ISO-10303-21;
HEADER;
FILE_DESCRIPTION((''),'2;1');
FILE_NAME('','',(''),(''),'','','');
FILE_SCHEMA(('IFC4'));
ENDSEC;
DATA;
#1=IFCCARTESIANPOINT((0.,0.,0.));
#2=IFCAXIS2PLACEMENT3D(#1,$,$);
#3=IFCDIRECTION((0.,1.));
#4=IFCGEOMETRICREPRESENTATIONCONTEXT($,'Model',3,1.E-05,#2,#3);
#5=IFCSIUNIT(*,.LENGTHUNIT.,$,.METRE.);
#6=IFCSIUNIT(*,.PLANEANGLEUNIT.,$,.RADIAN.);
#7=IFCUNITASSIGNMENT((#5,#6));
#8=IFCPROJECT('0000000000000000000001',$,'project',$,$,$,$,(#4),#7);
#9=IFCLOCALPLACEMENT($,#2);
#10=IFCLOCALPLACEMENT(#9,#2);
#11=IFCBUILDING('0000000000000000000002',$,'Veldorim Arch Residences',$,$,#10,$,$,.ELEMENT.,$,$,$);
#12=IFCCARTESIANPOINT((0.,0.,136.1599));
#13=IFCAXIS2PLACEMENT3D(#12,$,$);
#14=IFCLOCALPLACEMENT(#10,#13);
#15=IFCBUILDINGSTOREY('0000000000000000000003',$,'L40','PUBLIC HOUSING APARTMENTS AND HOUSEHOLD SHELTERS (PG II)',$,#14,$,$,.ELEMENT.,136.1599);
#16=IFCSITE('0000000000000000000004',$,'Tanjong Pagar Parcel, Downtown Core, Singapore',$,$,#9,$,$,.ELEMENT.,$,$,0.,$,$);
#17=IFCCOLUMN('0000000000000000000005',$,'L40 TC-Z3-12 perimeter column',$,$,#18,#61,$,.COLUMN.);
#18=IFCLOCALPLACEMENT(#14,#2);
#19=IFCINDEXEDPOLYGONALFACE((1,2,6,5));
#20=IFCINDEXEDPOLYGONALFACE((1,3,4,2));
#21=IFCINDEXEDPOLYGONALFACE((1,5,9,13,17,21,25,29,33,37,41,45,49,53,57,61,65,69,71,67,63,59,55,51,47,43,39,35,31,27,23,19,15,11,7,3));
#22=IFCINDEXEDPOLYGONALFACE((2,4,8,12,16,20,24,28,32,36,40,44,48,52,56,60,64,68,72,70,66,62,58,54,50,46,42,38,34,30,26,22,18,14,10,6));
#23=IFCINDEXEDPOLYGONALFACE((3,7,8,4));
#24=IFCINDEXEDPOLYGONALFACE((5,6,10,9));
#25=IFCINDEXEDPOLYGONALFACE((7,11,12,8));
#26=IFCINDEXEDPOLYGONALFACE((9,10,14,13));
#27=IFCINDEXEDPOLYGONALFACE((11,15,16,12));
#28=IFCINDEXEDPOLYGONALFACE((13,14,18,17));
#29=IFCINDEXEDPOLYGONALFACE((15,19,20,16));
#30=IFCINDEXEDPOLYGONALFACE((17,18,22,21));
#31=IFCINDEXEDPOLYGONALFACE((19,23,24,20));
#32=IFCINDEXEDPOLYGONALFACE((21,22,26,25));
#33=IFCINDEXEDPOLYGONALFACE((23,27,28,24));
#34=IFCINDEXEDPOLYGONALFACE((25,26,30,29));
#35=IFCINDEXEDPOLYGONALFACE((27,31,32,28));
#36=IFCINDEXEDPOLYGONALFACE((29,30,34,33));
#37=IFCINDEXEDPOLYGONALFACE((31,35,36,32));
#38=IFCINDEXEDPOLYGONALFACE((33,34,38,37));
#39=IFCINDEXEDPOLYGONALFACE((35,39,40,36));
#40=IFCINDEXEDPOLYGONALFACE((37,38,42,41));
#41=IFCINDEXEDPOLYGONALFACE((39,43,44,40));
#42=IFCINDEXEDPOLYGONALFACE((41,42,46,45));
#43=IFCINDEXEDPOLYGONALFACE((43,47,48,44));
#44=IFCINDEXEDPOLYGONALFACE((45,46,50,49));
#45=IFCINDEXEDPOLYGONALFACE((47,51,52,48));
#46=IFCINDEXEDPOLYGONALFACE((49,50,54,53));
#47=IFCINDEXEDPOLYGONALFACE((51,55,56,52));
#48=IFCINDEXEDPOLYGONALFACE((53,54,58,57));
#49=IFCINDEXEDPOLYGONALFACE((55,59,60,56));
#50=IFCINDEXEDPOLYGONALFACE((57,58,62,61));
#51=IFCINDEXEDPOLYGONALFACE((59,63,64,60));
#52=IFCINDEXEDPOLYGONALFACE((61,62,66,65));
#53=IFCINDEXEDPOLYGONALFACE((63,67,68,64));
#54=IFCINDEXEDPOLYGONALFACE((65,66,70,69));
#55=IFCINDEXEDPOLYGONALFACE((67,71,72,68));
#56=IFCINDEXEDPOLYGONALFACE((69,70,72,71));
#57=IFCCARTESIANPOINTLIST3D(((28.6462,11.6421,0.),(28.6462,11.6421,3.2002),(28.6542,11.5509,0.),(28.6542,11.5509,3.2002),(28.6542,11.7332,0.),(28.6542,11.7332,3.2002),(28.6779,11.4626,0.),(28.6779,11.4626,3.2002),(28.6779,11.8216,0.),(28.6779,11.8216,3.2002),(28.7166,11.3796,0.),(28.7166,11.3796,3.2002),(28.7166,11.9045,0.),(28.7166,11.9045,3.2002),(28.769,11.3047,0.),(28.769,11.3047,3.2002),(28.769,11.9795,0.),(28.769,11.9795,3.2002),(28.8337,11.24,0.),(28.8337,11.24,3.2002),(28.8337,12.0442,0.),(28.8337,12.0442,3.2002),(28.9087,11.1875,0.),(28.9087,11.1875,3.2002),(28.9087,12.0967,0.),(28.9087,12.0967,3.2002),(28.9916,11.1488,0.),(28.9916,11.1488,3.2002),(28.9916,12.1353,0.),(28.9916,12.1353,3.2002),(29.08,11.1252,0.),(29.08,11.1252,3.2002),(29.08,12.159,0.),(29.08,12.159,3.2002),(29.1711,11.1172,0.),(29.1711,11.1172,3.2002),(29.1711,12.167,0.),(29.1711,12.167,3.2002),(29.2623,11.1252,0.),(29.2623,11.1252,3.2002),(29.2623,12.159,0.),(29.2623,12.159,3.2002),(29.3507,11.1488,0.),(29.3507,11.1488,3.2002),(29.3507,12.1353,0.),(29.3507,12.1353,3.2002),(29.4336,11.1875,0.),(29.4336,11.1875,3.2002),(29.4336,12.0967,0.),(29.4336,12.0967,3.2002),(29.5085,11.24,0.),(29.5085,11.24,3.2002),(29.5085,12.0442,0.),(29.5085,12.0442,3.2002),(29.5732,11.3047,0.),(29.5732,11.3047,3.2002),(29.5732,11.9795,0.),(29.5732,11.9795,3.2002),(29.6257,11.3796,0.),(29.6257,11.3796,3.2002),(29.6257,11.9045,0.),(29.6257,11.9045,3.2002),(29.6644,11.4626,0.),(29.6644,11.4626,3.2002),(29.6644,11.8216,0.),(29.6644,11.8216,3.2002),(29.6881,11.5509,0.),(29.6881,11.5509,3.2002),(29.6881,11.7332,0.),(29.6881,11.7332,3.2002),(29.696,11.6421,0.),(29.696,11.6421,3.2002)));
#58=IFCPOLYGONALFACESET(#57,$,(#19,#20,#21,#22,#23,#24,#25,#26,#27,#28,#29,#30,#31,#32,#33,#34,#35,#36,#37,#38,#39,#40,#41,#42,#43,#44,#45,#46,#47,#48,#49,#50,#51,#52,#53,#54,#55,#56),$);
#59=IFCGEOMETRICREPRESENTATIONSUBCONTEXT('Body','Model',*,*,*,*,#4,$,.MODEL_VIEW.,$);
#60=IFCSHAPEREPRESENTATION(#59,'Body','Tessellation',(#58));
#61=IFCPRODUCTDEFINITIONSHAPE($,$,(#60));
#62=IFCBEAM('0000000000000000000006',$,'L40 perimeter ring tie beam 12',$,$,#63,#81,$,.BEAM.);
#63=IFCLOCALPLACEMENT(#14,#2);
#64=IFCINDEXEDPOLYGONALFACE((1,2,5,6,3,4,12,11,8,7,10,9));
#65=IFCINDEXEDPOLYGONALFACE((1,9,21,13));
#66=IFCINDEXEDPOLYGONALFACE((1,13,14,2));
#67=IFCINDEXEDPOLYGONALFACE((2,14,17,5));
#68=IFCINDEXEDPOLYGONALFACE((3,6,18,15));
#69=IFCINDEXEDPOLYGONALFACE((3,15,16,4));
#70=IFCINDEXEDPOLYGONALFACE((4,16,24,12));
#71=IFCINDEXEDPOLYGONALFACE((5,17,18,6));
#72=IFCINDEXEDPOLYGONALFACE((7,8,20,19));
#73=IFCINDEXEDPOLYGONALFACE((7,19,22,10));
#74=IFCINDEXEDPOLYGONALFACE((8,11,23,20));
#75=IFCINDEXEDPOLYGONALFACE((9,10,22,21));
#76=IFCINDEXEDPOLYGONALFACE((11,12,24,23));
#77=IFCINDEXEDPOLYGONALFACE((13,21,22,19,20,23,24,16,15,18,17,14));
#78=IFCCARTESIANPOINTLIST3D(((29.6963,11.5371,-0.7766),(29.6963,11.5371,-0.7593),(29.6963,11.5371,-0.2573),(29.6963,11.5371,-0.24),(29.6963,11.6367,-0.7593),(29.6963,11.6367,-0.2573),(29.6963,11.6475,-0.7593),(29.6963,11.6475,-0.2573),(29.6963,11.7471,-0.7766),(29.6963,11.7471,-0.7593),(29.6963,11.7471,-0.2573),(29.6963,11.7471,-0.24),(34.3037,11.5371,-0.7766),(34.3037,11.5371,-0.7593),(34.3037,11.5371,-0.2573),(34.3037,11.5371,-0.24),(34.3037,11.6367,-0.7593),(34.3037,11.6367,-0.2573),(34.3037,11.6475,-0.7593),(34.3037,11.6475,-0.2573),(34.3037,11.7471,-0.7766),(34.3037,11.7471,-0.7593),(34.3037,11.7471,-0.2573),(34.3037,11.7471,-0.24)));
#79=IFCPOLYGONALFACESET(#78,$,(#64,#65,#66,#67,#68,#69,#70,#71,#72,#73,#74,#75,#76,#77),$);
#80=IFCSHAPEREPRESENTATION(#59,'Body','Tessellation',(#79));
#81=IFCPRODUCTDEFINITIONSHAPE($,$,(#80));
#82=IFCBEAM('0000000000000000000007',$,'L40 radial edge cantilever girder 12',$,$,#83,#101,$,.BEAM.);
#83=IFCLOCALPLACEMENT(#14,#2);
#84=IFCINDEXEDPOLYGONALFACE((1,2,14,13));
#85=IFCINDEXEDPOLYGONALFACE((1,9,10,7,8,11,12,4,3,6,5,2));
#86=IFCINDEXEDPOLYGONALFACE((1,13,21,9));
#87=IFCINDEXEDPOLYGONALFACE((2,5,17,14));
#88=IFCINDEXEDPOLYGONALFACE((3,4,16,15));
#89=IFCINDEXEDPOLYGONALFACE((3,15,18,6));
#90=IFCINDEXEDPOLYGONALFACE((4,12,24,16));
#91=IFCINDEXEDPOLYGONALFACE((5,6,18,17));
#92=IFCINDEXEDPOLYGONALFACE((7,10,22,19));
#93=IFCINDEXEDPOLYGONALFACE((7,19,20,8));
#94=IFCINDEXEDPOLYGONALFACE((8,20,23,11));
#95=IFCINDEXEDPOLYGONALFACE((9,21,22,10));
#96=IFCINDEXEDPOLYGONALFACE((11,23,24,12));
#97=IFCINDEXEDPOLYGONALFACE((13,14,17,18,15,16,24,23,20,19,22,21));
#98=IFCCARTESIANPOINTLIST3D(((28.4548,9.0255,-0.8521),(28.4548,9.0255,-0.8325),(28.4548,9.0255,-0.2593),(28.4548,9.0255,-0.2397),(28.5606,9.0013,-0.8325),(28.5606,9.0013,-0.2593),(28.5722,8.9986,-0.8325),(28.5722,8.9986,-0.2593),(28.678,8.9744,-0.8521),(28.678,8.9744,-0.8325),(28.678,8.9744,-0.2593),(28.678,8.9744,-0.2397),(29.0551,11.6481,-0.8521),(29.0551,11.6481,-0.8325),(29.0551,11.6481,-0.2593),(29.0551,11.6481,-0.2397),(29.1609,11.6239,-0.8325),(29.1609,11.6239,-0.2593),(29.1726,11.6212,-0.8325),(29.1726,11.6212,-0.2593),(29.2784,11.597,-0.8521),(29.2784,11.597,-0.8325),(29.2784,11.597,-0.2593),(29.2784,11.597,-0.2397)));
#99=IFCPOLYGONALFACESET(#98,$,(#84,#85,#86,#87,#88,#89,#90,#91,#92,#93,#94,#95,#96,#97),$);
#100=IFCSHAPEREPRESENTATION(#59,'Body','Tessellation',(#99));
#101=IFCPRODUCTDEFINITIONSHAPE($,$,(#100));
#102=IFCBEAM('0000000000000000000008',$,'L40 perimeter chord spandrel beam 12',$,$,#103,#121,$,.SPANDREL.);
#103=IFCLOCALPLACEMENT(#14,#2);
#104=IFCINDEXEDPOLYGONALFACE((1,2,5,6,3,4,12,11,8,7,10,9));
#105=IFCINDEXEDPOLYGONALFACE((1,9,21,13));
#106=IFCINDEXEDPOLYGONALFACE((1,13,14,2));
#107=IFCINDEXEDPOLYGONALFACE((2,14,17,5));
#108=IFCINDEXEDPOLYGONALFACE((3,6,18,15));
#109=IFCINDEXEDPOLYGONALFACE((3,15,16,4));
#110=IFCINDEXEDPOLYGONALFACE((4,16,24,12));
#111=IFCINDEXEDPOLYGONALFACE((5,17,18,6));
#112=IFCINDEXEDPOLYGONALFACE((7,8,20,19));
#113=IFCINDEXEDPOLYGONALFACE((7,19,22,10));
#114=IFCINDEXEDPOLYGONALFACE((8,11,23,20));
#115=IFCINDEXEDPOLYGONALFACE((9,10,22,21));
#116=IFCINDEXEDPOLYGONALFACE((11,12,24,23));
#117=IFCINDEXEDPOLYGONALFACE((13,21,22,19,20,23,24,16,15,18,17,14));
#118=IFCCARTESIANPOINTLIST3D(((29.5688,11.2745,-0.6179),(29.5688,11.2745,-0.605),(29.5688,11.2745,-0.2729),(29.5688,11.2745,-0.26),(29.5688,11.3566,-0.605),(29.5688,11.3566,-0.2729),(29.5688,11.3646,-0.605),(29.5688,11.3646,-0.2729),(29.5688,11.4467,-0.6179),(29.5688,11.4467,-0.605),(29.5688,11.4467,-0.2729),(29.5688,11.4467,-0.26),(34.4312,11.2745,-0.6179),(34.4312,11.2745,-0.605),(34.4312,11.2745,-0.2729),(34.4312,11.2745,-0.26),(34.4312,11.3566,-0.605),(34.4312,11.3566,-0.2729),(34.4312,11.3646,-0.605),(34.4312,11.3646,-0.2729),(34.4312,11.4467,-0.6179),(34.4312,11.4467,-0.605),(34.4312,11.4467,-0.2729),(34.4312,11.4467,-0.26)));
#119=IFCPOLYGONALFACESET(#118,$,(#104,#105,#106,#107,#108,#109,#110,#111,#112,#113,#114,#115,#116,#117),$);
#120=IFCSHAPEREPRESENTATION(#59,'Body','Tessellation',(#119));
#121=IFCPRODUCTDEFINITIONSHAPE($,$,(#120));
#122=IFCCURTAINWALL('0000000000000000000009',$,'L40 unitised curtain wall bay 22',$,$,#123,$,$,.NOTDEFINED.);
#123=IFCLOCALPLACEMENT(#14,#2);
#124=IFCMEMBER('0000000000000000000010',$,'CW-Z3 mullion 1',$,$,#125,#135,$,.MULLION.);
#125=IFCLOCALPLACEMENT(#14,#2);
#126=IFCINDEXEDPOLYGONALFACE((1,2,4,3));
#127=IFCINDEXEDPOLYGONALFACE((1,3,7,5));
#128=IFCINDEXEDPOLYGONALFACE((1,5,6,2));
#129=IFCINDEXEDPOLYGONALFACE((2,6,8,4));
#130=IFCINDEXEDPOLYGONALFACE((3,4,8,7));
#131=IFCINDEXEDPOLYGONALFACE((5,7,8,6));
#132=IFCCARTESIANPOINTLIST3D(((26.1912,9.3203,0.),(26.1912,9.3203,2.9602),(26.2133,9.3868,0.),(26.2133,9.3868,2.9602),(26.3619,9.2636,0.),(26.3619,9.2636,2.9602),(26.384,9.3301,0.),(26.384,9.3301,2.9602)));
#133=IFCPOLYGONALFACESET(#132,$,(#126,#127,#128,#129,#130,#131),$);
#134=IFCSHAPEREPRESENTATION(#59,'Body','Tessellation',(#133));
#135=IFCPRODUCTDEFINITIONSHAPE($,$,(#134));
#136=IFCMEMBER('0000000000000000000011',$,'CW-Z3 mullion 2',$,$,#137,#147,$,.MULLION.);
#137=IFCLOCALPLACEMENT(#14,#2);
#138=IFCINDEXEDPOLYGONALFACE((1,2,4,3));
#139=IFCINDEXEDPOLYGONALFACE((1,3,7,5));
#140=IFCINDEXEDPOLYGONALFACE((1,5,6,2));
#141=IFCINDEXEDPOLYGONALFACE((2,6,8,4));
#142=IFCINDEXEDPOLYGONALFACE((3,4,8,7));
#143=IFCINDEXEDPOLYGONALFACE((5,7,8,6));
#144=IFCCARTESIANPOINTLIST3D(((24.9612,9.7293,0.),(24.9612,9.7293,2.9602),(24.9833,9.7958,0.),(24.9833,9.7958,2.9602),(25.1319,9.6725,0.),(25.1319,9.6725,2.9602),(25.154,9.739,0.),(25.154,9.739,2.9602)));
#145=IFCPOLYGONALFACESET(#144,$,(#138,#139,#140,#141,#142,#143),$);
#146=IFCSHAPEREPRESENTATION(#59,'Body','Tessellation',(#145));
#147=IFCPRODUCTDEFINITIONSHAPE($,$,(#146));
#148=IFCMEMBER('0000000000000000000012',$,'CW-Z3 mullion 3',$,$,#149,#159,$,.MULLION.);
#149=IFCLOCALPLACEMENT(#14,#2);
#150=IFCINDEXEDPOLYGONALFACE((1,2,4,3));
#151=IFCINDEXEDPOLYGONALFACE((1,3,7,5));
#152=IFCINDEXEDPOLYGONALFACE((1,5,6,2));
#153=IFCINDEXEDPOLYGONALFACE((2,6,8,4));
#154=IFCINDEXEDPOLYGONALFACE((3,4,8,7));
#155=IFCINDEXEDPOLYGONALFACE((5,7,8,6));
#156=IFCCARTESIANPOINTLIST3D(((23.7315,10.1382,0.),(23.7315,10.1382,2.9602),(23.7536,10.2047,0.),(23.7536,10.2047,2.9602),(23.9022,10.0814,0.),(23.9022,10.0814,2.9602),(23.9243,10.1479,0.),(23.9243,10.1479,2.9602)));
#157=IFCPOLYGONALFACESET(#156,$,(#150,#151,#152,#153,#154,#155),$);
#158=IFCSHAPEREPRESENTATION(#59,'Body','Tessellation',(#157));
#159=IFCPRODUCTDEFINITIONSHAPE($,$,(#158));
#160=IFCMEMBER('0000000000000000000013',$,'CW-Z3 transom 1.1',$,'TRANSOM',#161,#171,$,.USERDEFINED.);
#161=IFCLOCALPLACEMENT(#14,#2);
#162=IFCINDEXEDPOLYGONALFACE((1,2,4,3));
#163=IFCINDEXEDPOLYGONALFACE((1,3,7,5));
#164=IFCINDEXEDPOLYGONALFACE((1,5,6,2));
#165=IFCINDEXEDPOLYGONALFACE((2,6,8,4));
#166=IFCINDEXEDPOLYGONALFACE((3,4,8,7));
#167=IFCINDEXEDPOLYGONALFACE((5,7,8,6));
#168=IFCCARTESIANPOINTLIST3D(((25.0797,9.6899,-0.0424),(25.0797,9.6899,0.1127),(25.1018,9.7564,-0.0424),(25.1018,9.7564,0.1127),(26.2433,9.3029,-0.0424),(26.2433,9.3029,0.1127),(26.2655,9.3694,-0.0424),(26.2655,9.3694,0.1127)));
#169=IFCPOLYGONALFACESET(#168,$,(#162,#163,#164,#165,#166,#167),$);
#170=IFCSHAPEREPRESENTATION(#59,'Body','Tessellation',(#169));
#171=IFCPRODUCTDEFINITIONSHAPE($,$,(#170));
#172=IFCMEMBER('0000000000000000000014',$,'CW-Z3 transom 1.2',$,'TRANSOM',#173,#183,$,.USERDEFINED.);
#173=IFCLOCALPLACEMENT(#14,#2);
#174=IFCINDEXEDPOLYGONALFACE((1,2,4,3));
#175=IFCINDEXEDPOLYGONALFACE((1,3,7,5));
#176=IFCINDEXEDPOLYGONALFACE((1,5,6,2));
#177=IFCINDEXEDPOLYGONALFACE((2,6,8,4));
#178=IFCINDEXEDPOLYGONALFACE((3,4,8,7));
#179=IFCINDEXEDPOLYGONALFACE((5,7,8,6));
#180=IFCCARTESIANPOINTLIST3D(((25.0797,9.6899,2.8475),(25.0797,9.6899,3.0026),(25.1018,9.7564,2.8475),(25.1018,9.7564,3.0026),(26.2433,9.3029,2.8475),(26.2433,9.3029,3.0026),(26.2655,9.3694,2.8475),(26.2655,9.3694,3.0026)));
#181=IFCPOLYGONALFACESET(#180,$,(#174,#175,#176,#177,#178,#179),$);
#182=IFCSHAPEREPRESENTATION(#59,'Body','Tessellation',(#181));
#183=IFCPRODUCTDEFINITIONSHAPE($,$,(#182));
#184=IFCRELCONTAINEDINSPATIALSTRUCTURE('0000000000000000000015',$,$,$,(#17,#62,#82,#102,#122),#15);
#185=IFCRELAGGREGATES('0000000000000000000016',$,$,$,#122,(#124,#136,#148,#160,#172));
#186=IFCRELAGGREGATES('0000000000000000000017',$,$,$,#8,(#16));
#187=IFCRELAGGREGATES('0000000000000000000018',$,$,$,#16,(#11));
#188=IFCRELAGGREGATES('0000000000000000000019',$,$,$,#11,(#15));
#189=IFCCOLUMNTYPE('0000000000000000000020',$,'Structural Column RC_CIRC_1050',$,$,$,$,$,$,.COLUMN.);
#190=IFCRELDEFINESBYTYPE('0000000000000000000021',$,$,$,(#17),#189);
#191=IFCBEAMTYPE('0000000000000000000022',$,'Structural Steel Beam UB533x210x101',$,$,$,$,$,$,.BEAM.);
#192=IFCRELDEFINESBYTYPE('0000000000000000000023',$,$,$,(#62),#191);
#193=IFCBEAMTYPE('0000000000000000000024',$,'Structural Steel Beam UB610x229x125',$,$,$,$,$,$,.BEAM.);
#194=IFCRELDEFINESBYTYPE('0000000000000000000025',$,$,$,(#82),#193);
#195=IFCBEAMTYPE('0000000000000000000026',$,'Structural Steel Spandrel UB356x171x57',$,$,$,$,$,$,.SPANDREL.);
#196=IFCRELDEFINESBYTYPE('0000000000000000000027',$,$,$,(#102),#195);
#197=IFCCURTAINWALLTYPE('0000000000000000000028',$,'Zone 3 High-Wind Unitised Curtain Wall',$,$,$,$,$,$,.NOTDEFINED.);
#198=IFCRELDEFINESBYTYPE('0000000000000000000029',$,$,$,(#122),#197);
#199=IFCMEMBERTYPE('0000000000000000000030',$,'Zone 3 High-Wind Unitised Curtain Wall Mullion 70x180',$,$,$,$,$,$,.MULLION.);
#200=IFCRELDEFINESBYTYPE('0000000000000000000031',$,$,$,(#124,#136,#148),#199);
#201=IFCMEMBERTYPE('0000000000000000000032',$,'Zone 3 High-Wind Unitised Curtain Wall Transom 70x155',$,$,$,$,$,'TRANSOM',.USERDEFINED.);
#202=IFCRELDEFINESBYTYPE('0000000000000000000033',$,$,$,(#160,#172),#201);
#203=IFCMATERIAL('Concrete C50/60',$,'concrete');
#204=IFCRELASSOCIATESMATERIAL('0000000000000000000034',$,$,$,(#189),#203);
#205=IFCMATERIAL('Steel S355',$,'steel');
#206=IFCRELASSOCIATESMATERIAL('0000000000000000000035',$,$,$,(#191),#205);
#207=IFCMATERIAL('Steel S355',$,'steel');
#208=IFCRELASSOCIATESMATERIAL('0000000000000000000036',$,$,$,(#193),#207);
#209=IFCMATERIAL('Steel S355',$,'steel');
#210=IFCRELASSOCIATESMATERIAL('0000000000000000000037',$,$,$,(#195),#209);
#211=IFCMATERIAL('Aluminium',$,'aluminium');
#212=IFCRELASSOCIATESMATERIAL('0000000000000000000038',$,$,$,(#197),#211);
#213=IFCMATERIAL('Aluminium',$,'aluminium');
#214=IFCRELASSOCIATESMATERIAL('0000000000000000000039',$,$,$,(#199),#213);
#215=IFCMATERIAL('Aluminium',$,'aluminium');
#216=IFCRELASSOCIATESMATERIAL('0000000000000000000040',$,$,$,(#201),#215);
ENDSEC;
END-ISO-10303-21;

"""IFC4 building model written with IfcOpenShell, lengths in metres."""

from ifc_helpers import new_model, si_unit, direction, frame, origin, origin_2d, place, context, subcontext, project, spatial, rectangle, circle, i_section, extrude, material, material_profile, profile_set, type_object, element, aggregate, save


model = new_model("IFC4")

# Units and contexts
model_context = context("Model", 3, precision=1e-05, world=origin(), true_north=direction((0.0, 1.0)))
body_context = subcontext(model_context, "Body", "Model", "MODEL_VIEW")
ifc_project = project(units=[si_unit("LENGTHUNIT", "METRE"), si_unit("PLANEANGLEUNIT", "RADIAN")], contexts=[model_context])

# Site, building, storey
site_placement = place(None, origin())
site = spatial("IfcSite", under=ifc_project, at=site_placement, Name="Tanjong Pagar Parcel, Downtown Core, Singapore", CompositionType="ELEMENT", RefElevation=0.0)
building_placement = place(site_placement, origin())
building = spatial("IfcBuilding", under=site, at=building_placement, Name="Veldorim Arch Residences", CompositionType="ELEMENT")
storey_placement = place(building_placement, frame((0.0, 0.0, 136.1599)))
storey = spatial("IfcBuildingStorey", under=building, at=storey_placement, Name="L40", Description="PUBLIC HOUSING APARTMENTS AND HOUSEHOLD SHELTERS (PG II)", CompositionType="ELEMENT", Elevation=136.1599)

# Column
ifc_material_1 = material(Name="Concrete C50/60", Category="concrete")
ifc_material_profile_1 = material_profile(ifc_material_1, circle(Radius=0.5249, at=origin_2d()), Name="RC_CIRC_1050")
ifc_profile_set_1 = profile_set([ifc_material_profile_1], Name="Concrete C50/60")
column_type = type_object("IfcColumnType", Name="Structural Column RC_CIRC_1050", PredefinedType="COLUMN", material=ifc_profile_set_1)
column_placement = place(storey_placement, frame((29.1711, 11.6421, 0.0), z_axis=(0.0, 0.0, 1.0), x_axis=(1.0, 0.0, 0.0)))
element("IfcColumn", 1, at=column_placement, inside=storey, type_object=column_type, Name="L40 TC-Z3-12 perimeter column", PredefinedType="COLUMN", context=body_context, shape_type="SweptSolid", body=[
    extrude(circle(Radius=0.5249, at=origin_2d()), origin(), (0.0, 0.0, 1.0), 3.2002),
])

# Beams
ifc_material_2 = material(Name="Steel S355", Category="steel")
ifc_material_profile_2 = material_profile(ifc_material_2, i_section(OverallWidth=0.21, OverallDepth=0.5366, WebThickness=0.0107, FlangeThickness=0.0173, at=origin_2d()), Name="UB533x210x101")
ifc_profile_set_2 = profile_set([ifc_material_profile_2], Name="Steel S355")
beam_type_1 = type_object("IfcBeamType", Name="Structural Steel Beam UB533x210x101", PredefinedType="BEAM", material=ifc_profile_set_2)
beam_1_placement = place(storey_placement, frame((29.6963, 11.6421, -0.5083), z_axis=(1.0, 0.0, 0.0), x_axis=(0.0, 1.0, 0.0)))
element("IfcBeam", 2, at=beam_1_placement, inside=storey, type_object=beam_type_1, Name="L40 perimeter ring tie beam 12", PredefinedType="BEAM", context=body_context, shape_type="SweptSolid", body=[
    extrude(i_section(OverallWidth=0.21, OverallDepth=0.5366, WebThickness=0.0107, FlangeThickness=0.0173, at=origin_2d()), origin(), (0.0, 0.0, 1.0), 4.6074),
])
ifc_material_3 = material(Name="Steel S355", Category="steel")
ifc_material_profile_3 = material_profile(ifc_material_3, i_section(OverallWidth=0.229, OverallDepth=0.6123, WebThickness=0.012, FlangeThickness=0.0195, at=origin_2d()), Name="UB610x229x125")
ifc_profile_set_3 = profile_set([ifc_material_profile_3], Name="Steel S355")
beam_type_2 = type_object("IfcBeamType", Name="Structural Steel Beam UB610x229x125", PredefinedType="BEAM", material=ifc_profile_set_3)
beam_2_placement = place(storey_placement, frame((29.1667, 11.6226, -0.5459), z_axis=(-0.223143, -0.974786, 0.0), x_axis=(0.974786, -0.223143, 0.0)))
element("IfcBeam", 3, at=beam_2_placement, inside=storey, type_object=beam_type_2, Name="L40 radial edge cantilever girder 12", PredefinedType="BEAM", context=body_context, shape_type="SweptSolid", body=[
    extrude(i_section(OverallWidth=0.229, OverallDepth=0.6123, WebThickness=0.012, FlangeThickness=0.0195, at=origin_2d()), origin(), (0.0, 0.0, 1.0), 2.6904),
])
ifc_material_4 = material(Name="Steel S355", Category="steel")
ifc_material_profile_4 = material_profile(ifc_material_4, i_section(OverallWidth=0.1721, OverallDepth=0.3579, WebThickness=0.0081, FlangeThickness=0.0129, at=origin_2d()), Name="UB356x171x57")
ifc_profile_set_4 = profile_set([ifc_material_profile_4], Name="Steel S355")
beam_type_3 = type_object("IfcBeamType", Name="Structural Steel Spandrel UB356x171x57", PredefinedType="SPANDREL", material=ifc_profile_set_4)
beam_3_placement = place(storey_placement, frame((29.5688, 11.3606, -0.439), z_axis=(1.0, 0.0, 0.0), x_axis=(0.0, 1.0, 0.0)))
element("IfcBeam", 4, at=beam_3_placement, inside=storey, type_object=beam_type_3, Name="L40 perimeter chord spandrel beam 12", PredefinedType="SPANDREL", context=body_context, shape_type="SweptSolid", body=[
    extrude(i_section(OverallWidth=0.1721, OverallDepth=0.3579, WebThickness=0.0081, FlangeThickness=0.0129, at=origin_2d()), origin(), (0.0, 0.0, 1.0), 4.8623),
])

# Curtain wall, members
ifc_material_5 = material(Name="Aluminium", Category="aluminium")
curtain_wall_type = type_object("IfcCurtainWallType", Name="Zone 3 High-Wind Unitised Curtain Wall", PredefinedType="NOTDEFINED", material=ifc_material_5)
curtain_wall_placement = place(storey_placement, origin())
curtain_wall = element("IfcCurtainWall", 5, at=curtain_wall_placement, inside=storey, type_object=curtain_wall_type, Name="L40 unitised curtain wall bay 22", PredefinedType="NOTDEFINED")
ifc_material_6 = material(Name="Aluminium", Category="aluminium")
ifc_material_profile_5 = material_profile(ifc_material_6, rectangle(XDim=0.0701, YDim=0.1799, at=origin_2d()), Name="ALU_MUL_70x180")
ifc_profile_set_5 = profile_set([ifc_material_profile_5], Name="Aluminium")
member_type_1 = type_object("IfcMemberType", Name="Zone 3 High-Wind Unitised Curtain Wall Mullion 70x180", PredefinedType="MULLION", material=ifc_profile_set_5)
member_1_placement = place(storey_placement, frame((26.2876, 9.3252, 0.0), z_axis=(0.0, 0.0, 1.0), x_axis=(-0.315552, -0.948908, 0.0)))
member_1 = element("IfcMember", 6, at=member_1_placement, type_object=member_type_1, Name="CW-Z3 mullion 1", PredefinedType="MULLION", context=body_context, shape_type="SweptSolid", body=[
    extrude(rectangle(XDim=0.0701, YDim=0.1799, at=origin_2d()), origin(), (0.0, 0.0, 1.0), 2.9602),
])
member_2_placement = place(storey_placement, frame((25.0576, 9.7341, 0.0), z_axis=(0.0, 0.0, 1.0), x_axis=(-0.315552, -0.948908, 0.0)))
member_2 = element("IfcMember", 7, at=member_2_placement, type_object=member_type_1, Name="CW-Z3 mullion 2", PredefinedType="MULLION", context=body_context, shape_type="SweptSolid", body=[
    extrude(rectangle(XDim=0.0701, YDim=0.1799, at=origin_2d()), origin(), (0.0, 0.0, 1.0), 2.9602),
])
member_3_placement = place(storey_placement, frame((23.8279, 10.1431, 0.0), z_axis=(0.0, 0.0, 1.0), x_axis=(-0.315552, -0.948908, 0.0)))
member_3 = element("IfcMember", 8, at=member_3_placement, type_object=member_type_1, Name="CW-Z3 mullion 3", PredefinedType="MULLION", context=body_context, shape_type="SweptSolid", body=[
    extrude(rectangle(XDim=0.0701, YDim=0.1799, at=origin_2d()), origin(), (0.0, 0.0, 1.0), 2.9602),
])
ifc_material_7 = material(Name="Aluminium", Category="aluminium")
ifc_material_profile_6 = material_profile(ifc_material_7, rectangle(XDim=0.0701, YDim=0.155, at=origin_2d()), Name="ALU_TRN_70x155")
ifc_profile_set_6 = profile_set([ifc_material_profile_6], Name="Aluminium")
member_type_2 = type_object("IfcMemberType", Name="Zone 3 High-Wind Unitised Curtain Wall Transom 70x155", ElementType="TRANSOM", PredefinedType="USERDEFINED", material=ifc_profile_set_6)
member_4_placement = place(storey_placement, frame((26.2544, 9.3362, 0.0352), z_axis=(-0.948902, 0.315571, 0.0), x_axis=(-0.315571, -0.948902, 0.0)))
member_4 = element("IfcMember", 9, at=member_4_placement, type_object=member_type_2, Name="CW-Z3 transom 1.1", ObjectType="TRANSOM", PredefinedType="USERDEFINED", context=body_context, shape_type="SweptSolid", body=[
    extrude(rectangle(XDim=0.0701, YDim=0.155, at=origin_2d()), origin(), (0.0, 0.0, 1.0), 1.2263),
])
member_5_placement = place(storey_placement, frame((26.2544, 9.3362, 2.925), z_axis=(-0.948902, 0.315571, 0.0), x_axis=(-0.315571, -0.948902, 0.0)))
member_5 = element("IfcMember", 10, at=member_5_placement, type_object=member_type_2, Name="CW-Z3 transom 1.2", ObjectType="TRANSOM", PredefinedType="USERDEFINED", context=body_context, shape_type="SweptSolid", body=[
    extrude(rectangle(XDim=0.0701, YDim=0.155, at=origin_2d()), origin(), (0.0, 0.0, 1.0), 1.2263),
])
aggregate(curtain_wall, [member_1, member_2, member_3, member_4, member_5])

save(model, "model.ifc")
